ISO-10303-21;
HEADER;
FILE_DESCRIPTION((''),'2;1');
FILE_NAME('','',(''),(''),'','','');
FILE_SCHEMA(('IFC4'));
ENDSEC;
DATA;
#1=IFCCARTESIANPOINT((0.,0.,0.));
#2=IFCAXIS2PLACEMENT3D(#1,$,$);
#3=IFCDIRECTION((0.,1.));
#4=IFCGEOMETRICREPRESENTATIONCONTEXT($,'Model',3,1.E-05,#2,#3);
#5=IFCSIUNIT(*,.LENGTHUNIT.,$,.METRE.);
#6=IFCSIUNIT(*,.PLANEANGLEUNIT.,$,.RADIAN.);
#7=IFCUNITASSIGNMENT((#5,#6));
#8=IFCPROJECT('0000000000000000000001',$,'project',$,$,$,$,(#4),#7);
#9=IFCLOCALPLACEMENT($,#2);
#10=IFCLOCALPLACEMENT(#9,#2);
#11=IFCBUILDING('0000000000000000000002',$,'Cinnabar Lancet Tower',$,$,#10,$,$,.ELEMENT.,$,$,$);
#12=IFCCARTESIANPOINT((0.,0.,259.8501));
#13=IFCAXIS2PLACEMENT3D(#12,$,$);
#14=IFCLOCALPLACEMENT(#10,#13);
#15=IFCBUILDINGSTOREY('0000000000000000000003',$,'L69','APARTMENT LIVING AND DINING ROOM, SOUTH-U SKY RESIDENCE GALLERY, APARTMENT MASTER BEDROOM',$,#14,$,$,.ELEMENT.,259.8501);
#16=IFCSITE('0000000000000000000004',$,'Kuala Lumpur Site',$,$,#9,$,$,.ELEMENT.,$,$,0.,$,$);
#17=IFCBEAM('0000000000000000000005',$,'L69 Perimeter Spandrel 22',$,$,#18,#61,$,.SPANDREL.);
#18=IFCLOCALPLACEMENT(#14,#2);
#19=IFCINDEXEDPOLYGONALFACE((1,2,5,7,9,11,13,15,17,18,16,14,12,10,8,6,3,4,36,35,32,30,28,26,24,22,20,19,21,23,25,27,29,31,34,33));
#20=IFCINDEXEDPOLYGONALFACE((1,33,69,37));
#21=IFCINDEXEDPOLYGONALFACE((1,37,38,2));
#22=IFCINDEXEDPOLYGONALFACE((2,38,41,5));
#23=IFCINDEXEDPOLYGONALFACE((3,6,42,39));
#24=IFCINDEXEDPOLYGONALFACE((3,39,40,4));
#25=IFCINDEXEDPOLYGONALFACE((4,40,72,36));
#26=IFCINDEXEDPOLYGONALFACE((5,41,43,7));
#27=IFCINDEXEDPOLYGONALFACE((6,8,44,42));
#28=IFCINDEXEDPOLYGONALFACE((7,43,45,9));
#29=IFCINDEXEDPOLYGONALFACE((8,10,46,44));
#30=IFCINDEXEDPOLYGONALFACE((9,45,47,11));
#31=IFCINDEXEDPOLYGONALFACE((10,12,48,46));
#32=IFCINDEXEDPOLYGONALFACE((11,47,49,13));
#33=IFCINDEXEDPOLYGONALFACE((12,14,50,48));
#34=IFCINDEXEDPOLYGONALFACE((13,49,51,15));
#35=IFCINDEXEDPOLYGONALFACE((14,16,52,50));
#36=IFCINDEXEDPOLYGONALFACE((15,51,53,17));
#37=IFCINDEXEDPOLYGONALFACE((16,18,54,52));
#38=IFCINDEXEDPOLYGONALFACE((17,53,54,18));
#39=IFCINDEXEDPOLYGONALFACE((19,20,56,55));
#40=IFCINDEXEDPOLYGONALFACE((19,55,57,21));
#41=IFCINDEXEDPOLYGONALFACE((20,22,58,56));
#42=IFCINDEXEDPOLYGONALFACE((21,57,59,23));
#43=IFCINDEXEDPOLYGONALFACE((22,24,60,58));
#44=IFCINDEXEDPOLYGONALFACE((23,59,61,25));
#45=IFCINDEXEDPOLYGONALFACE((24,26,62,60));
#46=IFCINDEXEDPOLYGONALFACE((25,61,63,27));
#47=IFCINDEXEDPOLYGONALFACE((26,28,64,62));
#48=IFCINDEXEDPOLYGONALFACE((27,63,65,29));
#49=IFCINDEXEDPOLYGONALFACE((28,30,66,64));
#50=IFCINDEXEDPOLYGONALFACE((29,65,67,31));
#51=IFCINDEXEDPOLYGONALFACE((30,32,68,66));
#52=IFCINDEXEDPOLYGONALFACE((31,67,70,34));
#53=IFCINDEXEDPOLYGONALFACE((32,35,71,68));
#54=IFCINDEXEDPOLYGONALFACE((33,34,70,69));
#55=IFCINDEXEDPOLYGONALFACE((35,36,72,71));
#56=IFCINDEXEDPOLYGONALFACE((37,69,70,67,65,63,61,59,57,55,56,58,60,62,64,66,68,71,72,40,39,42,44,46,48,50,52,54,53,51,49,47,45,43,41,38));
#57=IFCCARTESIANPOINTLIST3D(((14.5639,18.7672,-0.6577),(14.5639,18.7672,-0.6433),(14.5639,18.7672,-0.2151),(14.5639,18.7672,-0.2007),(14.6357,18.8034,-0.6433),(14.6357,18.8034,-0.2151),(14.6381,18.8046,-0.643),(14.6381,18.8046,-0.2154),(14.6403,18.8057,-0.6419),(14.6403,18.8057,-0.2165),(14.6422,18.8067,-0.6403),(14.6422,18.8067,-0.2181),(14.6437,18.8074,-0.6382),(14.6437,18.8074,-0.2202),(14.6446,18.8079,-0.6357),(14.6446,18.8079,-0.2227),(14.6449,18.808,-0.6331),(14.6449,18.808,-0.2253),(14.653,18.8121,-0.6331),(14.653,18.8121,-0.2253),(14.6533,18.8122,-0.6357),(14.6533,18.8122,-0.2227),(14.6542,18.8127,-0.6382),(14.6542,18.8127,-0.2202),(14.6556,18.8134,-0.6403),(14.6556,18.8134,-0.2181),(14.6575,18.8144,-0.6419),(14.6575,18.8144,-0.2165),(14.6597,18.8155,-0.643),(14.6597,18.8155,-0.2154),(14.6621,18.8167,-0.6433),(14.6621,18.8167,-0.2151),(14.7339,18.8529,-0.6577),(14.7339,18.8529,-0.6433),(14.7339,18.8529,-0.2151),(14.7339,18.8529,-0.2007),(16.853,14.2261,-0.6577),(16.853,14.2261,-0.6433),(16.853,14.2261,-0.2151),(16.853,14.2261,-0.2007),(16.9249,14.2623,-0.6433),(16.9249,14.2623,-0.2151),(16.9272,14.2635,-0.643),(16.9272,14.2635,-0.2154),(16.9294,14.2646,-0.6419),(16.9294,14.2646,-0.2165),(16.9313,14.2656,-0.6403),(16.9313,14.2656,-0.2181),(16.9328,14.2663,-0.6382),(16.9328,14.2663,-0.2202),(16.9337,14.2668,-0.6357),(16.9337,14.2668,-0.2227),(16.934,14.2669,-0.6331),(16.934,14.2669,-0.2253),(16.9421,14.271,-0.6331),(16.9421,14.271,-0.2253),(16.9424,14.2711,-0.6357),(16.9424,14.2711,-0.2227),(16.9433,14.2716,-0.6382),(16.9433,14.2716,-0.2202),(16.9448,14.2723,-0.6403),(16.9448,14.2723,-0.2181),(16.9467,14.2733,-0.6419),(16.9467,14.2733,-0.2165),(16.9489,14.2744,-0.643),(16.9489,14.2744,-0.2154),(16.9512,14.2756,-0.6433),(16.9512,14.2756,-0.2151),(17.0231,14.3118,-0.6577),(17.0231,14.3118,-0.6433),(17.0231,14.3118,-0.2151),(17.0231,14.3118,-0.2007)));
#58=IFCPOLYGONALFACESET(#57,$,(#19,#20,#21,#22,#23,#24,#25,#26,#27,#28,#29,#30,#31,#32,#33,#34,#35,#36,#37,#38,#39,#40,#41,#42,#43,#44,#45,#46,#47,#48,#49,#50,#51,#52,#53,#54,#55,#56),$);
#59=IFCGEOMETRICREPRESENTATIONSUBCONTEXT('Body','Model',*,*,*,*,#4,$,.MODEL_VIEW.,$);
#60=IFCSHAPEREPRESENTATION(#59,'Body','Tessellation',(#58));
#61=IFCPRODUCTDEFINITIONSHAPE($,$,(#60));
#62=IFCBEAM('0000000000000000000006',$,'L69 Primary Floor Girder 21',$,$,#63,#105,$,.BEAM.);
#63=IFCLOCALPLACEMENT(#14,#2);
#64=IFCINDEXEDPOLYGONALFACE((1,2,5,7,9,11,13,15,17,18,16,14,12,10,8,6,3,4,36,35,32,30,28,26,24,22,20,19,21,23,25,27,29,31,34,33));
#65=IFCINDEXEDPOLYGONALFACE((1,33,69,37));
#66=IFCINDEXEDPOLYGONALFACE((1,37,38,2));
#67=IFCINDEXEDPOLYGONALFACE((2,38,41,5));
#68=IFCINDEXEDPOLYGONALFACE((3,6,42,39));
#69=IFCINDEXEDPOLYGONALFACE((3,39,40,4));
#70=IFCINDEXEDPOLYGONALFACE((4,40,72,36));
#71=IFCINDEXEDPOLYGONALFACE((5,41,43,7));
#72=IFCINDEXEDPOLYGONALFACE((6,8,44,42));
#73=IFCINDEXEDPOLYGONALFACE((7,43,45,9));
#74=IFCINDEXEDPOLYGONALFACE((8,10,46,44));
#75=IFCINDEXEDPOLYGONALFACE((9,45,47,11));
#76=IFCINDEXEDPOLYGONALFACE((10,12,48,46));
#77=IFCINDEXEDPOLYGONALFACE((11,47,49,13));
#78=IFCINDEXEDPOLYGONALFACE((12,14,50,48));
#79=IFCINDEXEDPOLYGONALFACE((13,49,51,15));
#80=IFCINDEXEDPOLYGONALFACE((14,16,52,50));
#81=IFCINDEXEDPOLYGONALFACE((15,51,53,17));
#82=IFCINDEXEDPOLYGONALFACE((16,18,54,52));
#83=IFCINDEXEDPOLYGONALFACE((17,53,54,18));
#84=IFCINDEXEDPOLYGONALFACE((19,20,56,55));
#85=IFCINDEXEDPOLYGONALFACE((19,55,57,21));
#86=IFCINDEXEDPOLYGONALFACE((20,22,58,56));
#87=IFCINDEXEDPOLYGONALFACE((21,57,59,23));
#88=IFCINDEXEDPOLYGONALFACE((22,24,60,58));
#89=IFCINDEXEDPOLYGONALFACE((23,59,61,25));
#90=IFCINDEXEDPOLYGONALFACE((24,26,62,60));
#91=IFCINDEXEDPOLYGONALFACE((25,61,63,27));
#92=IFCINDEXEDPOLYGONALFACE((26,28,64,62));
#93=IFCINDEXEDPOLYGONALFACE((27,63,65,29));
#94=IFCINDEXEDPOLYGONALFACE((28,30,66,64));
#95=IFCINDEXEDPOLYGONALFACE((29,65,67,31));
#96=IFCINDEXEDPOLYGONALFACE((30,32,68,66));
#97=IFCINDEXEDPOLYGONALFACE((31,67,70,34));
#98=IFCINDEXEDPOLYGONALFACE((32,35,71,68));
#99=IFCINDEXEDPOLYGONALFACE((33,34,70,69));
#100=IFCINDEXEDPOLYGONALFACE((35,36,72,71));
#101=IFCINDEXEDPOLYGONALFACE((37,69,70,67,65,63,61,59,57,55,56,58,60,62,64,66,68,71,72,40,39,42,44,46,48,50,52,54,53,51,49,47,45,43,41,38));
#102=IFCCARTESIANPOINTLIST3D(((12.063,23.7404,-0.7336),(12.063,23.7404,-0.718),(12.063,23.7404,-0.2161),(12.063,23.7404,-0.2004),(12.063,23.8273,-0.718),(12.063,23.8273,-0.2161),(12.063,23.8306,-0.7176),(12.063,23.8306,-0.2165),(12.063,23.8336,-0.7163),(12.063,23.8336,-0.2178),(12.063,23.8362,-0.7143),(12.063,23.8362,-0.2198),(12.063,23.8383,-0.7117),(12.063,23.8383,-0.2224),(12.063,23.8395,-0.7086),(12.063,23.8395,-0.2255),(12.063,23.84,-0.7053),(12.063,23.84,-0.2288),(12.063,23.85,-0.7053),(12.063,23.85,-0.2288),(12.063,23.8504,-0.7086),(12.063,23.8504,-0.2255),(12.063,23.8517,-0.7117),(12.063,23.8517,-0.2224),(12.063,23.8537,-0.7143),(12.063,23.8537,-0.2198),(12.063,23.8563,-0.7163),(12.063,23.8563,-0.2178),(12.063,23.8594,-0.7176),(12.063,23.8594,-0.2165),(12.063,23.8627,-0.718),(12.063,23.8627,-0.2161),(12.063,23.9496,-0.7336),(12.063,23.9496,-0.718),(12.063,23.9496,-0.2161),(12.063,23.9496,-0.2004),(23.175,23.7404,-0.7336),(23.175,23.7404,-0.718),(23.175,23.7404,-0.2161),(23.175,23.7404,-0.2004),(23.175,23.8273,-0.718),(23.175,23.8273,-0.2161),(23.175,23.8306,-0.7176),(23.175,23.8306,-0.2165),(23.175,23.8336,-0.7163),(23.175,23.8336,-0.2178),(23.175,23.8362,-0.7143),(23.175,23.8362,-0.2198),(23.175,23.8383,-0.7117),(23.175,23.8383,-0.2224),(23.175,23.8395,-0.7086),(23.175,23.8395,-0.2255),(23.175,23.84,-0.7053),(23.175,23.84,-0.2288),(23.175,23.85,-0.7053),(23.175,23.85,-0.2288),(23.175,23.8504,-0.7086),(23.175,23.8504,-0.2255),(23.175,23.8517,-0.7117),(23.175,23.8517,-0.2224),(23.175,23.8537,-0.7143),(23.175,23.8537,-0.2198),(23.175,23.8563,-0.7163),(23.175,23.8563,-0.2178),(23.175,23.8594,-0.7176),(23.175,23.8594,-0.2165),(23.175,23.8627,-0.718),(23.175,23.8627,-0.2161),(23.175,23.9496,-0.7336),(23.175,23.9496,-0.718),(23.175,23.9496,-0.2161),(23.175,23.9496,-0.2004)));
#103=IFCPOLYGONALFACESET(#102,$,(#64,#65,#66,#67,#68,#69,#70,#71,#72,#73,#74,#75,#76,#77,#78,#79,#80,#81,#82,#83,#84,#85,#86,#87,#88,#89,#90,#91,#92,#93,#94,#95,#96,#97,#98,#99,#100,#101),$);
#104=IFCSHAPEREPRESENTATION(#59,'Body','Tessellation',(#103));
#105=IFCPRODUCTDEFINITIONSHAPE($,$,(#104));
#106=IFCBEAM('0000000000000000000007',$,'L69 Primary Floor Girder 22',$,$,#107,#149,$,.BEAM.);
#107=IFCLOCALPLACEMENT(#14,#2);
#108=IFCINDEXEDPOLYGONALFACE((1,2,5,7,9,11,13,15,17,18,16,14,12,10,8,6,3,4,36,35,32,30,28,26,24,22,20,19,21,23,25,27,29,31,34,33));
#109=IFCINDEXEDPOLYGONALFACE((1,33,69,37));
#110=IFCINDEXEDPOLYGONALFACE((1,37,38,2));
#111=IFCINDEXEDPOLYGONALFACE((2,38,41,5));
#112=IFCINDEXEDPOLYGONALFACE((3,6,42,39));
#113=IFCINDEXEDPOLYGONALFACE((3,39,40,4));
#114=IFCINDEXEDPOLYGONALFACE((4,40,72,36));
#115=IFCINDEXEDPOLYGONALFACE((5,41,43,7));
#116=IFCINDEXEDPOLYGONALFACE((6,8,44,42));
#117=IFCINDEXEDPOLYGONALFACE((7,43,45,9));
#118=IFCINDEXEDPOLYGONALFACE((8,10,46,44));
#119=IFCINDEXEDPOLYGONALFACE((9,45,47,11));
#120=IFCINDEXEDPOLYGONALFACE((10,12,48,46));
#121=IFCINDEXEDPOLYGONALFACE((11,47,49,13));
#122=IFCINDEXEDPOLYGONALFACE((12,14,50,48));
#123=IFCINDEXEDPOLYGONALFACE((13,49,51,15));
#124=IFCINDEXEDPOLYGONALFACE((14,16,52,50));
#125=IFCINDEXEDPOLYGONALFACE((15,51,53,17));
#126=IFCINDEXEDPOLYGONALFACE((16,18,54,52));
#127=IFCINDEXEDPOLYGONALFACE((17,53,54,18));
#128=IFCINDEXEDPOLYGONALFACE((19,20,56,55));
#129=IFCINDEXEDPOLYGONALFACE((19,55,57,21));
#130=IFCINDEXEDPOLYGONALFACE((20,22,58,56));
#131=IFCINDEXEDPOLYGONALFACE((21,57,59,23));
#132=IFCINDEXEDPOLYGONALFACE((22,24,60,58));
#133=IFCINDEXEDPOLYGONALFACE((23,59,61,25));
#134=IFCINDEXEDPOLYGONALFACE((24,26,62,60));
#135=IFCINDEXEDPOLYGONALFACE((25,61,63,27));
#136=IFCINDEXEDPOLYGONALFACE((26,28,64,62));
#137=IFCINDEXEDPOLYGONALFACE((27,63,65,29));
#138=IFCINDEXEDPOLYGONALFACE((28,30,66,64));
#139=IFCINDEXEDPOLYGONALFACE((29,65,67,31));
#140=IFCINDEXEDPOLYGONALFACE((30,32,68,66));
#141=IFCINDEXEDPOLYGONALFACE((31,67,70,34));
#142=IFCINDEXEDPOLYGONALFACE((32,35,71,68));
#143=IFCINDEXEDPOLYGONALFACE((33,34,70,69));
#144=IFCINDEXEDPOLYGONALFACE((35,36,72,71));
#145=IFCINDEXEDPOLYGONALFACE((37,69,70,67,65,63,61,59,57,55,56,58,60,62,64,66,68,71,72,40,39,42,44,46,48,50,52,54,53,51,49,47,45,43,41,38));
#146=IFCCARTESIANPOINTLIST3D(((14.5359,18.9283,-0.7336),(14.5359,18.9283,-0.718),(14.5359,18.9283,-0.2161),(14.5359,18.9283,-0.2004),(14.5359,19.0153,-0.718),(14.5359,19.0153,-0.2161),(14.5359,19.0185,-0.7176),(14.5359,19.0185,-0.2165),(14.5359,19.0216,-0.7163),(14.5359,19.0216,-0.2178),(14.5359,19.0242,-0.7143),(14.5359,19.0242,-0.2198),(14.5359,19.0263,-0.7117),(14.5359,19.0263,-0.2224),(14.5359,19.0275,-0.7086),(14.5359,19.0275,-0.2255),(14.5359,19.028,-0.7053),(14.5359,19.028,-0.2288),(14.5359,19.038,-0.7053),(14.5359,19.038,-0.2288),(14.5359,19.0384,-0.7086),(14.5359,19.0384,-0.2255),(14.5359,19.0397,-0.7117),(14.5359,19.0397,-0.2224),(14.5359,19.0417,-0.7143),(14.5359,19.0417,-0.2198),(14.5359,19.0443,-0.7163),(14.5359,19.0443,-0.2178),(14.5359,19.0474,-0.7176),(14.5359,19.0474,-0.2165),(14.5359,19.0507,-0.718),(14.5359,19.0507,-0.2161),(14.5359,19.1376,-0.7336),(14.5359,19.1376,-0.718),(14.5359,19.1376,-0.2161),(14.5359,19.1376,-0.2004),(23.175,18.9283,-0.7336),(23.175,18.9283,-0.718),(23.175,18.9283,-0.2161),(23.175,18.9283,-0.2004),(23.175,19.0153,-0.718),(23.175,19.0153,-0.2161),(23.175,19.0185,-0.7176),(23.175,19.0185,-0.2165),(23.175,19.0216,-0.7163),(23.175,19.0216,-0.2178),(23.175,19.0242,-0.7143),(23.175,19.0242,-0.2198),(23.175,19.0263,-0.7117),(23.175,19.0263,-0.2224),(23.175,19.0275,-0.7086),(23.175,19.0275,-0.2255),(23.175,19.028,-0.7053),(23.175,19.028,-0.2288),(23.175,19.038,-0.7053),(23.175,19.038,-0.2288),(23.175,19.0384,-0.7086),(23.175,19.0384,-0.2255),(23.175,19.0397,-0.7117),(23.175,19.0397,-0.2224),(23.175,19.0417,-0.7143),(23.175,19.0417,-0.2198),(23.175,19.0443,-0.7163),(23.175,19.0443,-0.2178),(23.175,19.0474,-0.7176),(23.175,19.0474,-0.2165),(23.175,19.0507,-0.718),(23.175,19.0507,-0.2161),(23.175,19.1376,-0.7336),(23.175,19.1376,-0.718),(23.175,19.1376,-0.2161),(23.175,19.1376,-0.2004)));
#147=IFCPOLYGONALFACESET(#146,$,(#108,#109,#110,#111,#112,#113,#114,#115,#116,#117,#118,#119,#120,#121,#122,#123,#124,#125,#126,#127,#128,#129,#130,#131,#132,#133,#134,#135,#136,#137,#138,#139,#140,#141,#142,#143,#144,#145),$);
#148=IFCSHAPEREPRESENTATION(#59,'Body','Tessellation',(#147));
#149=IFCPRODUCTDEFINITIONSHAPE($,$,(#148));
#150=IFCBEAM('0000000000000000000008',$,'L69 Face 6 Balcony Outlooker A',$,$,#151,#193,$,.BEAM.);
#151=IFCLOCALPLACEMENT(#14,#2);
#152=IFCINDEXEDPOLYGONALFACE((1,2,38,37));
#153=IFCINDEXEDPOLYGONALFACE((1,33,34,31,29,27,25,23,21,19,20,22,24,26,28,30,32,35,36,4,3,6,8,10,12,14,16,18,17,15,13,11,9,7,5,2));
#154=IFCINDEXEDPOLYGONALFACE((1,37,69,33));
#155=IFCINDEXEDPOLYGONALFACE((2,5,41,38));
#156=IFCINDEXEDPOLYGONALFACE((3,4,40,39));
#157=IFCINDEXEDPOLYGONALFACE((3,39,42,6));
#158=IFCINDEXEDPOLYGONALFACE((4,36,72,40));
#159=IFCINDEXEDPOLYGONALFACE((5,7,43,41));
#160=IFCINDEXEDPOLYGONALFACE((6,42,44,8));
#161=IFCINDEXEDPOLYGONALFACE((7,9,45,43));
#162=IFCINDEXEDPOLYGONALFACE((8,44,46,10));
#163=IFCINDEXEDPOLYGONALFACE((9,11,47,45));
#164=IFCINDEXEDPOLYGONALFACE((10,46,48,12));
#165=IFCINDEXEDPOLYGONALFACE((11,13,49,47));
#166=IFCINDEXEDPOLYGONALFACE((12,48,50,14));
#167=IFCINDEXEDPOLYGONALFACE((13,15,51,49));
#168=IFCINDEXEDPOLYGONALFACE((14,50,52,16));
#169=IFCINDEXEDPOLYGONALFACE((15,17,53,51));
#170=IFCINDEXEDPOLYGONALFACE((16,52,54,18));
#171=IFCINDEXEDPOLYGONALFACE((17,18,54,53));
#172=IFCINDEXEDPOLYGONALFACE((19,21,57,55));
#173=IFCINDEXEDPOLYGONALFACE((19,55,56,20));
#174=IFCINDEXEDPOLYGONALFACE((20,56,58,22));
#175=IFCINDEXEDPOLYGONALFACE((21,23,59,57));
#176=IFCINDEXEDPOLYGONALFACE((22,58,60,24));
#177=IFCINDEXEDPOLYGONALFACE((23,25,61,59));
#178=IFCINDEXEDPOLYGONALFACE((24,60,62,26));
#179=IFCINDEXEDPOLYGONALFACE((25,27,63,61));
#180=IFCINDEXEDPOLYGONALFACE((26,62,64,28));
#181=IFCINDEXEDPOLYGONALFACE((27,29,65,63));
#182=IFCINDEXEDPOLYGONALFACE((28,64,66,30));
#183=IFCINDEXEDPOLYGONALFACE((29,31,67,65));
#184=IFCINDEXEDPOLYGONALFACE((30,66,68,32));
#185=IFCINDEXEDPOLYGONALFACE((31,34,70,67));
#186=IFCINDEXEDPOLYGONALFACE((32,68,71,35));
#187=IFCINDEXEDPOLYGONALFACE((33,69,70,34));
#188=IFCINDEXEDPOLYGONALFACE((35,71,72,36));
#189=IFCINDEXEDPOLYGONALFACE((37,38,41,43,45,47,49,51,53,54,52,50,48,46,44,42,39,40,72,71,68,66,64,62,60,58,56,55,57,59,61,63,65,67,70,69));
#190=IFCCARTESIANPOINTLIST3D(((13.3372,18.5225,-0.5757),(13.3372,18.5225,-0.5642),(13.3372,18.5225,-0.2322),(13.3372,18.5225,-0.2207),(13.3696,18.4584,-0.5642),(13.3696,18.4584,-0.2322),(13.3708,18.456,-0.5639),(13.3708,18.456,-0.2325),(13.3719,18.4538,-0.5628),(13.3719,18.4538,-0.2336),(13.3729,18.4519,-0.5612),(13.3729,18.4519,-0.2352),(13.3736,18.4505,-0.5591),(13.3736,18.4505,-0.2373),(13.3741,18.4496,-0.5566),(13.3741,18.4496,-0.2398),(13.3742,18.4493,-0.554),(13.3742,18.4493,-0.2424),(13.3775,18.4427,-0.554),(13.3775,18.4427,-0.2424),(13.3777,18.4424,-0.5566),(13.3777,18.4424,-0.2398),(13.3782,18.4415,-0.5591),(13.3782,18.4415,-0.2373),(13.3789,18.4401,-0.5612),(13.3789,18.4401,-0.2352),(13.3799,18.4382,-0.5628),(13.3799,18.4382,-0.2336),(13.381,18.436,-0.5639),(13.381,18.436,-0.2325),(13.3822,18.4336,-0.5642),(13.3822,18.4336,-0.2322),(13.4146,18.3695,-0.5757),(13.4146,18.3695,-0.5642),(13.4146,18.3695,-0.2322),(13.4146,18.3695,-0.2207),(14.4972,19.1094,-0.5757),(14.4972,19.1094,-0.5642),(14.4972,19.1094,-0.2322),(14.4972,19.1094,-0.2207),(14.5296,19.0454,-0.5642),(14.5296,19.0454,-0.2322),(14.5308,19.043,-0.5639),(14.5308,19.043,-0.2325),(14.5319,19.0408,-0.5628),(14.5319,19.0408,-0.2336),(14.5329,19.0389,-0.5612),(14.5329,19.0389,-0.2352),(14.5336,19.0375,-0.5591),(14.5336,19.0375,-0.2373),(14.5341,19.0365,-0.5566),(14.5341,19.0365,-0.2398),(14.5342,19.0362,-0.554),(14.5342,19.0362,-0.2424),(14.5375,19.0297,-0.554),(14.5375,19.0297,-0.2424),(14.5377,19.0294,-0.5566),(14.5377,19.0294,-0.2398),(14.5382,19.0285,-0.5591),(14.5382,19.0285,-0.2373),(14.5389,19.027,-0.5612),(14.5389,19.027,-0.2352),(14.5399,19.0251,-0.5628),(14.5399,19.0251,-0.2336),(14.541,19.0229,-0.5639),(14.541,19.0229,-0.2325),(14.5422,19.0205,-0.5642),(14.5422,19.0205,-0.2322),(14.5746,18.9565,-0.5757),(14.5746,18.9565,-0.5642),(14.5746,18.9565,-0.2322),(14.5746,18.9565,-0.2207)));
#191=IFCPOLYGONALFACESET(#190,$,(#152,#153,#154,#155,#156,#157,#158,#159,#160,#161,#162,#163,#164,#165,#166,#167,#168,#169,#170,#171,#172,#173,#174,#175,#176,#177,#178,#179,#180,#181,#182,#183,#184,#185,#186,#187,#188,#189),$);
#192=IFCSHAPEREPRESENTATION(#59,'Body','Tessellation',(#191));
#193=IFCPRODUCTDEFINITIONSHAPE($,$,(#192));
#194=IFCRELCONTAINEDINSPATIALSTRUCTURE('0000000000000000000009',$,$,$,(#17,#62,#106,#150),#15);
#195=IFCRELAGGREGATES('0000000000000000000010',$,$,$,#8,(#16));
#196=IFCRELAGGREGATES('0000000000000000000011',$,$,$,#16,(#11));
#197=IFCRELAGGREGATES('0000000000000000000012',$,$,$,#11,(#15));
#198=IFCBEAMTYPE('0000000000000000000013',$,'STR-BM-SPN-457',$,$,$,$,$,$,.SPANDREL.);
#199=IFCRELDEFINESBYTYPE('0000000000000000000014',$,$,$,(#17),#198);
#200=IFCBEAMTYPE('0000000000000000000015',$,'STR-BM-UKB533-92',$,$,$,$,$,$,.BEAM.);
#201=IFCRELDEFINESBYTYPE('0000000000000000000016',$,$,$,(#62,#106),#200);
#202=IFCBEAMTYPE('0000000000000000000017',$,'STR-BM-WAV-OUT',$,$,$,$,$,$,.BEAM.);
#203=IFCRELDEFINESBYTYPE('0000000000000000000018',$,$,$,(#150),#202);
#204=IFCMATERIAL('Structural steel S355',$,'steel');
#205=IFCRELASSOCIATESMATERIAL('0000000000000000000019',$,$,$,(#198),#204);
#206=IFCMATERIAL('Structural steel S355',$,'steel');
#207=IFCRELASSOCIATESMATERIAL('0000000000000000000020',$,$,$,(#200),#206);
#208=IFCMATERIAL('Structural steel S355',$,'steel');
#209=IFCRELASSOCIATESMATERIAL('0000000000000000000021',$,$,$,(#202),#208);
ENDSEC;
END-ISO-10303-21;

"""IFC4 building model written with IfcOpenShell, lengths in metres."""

from ifc_helpers import new_model, si_unit, direction, frame, origin, origin_2d, place, context, subcontext, project, spatial, i_section, extrude, material, material_profile, profile_set, type_object, element, save


model = new_model("IFC4")

# Units and contexts
model_context = context("Model", 3, precision=1e-05, world=origin(), true_north=direction((0.0, 1.0)))
body_context = subcontext(model_context, "Body", "Model", "MODEL_VIEW")
ifc_project = project(units=[si_unit("LENGTHUNIT", "METRE"), si_unit("PLANEANGLEUNIT", "RADIAN")], contexts=[model_context])

# Site, building, storey
site_placement = place(None, origin())
site = spatial("IfcSite", under=ifc_project, at=site_placement, Name="Kuala Lumpur Site", CompositionType="ELEMENT", RefElevation=0.0)
building_placement = place(site_placement, origin())
building = spatial("IfcBuilding", under=site, at=building_placement, Name="Cinnabar Lancet Tower", CompositionType="ELEMENT")
storey_placement = place(building_placement, frame((0.0, 0.0, 259.8501)))
storey = spatial("IfcBuildingStorey", under=building, at=storey_placement, Name="L69", Description="APARTMENT LIVING AND DINING ROOM, SOUTH-U SKY RESIDENCE GALLERY, APARTMENT MASTER BEDROOM", CompositionType="ELEMENT", Elevation=259.8501)

# Beams
ifc_material_1 = material(Name="Structural steel S355", Category="steel")
ifc_material_profile_1 = material_profile(ifc_material_1, i_section(OverallWidth=0.1904, OverallDepth=0.457, WebThickness=0.009, FlangeThickness=0.0144, FilletRadius=0.0103, at=origin_2d()), Name="UKB 457x191x74")
ifc_profile_set_1 = profile_set([ifc_material_profile_1], Name="Structural steel S355")
beam_type_1 = type_object("IfcBeamType", Name="STR-BM-SPN-457", PredefinedType="SPANDREL", material=ifc_profile_set_1)
beam_1_placement = place(storey_placement, frame((14.6489, 18.8101, -0.4292), z_axis=(0.45013, -0.892963, 0.0), x_axis=(0.892963, 0.45013, 0.0)))
element("IfcBeam", 1, at=beam_1_placement, inside=storey, type_object=beam_type_1, Name="L69 Perimeter Spandrel 22", PredefinedType="SPANDREL", context=body_context, shape_type="SweptSolid", body=[
    extrude(i_section(OverallWidth=0.1904, OverallDepth=0.457, WebThickness=0.009, FlangeThickness=0.0144, FilletRadius=0.0103, at=origin_2d()), origin(), (0.0, 0.0, 1.0), 5.0854),
])
ifc_material_2 = material(Name="Structural steel S355", Category="steel")
ifc_material_profile_2 = material_profile(ifc_material_2, i_section(OverallWidth=0.2092, OverallDepth=0.5332, WebThickness=0.01, FlangeThickness=0.0156, FilletRadius=0.0127, at=origin_2d()), Name="UKB 533x210x92")
ifc_profile_set_2 = profile_set([ifc_material_profile_2], Name="Structural steel S355")
beam_type_2 = type_object("IfcBeamType", Name="STR-BM-UKB533-92", PredefinedType="BEAM", material=ifc_profile_set_2)
beam_2_placement = place(storey_placement, frame((12.063, 23.845, -0.467), z_axis=(1.0, 0.0, 0.0), x_axis=(0.0, 1.0, 0.0)))
element("IfcBeam", 2, at=beam_2_placement, inside=storey, type_object=beam_type_2, Name="L69 Primary Floor Girder 21", PredefinedType="BEAM", context=body_context, shape_type="SweptSolid", body=[
    extrude(i_section(OverallWidth=0.2092, OverallDepth=0.5332, WebThickness=0.01, FlangeThickness=0.0156, FilletRadius=0.0127, at=origin_2d()), origin(), (0.0, 0.0, 1.0), 11.1121),
])
beam_3_placement = place(storey_placement, frame((14.5359, 19.033, -0.467), z_axis=(1.0, 0.0, 0.0), x_axis=(0.0, 1.0, 0.0)))
element("IfcBeam", 3, at=beam_3_placement, inside=storey, type_object=beam_type_2, Name="L69 Primary Floor Girder 22", PredefinedType="BEAM", context=body_context, shape_type="SweptSolid", body=[
    extrude(i_section(OverallWidth=0.2092, OverallDepth=0.5332, WebThickness=0.01, FlangeThickness=0.0156, FilletRadius=0.0127, at=origin_2d()), origin(), (0.0, 0.0, 1.0), 8.6392),
])
ifc_material_3 = material(Name="Structural steel S355", Category="steel")
ifc_material_profile_3 = material_profile(ifc_material_3, i_section(OverallWidth=0.1714, OverallDepth=0.355, WebThickness=0.0073, FlangeThickness=0.0115, FilletRadius=0.0103, at=origin_2d()), Name="UKB 356x171x51")
ifc_profile_set_3 = profile_set([ifc_material_profile_3], Name="Structural steel S355")
beam_type_3 = type_object("IfcBeamType", Name="STR-BM-WAV-OUT", PredefinedType="BEAM", material=ifc_profile_set_3)
beam_4_placement = place(storey_placement, frame((14.5359, 19.033, -0.3982), z_axis=(-0.892276, -0.45149, 0.0), x_axis=(0.45149, -0.892276, 0.0)))
element("IfcBeam", 4, at=beam_4_placement, inside=storey, type_object=beam_type_3, Name="L69 Face 6 Balcony Outlooker A", PredefinedType="BEAM", context=body_context, shape_type="SweptSolid", body=[
    extrude(i_section(OverallWidth=0.1714, OverallDepth=0.355, WebThickness=0.0073, FlangeThickness=0.0115, FilletRadius=0.0103, at=origin_2d()), origin(), (0.0, 0.0, 1.0), 1.3),
])

save(model, "model.ifc")
